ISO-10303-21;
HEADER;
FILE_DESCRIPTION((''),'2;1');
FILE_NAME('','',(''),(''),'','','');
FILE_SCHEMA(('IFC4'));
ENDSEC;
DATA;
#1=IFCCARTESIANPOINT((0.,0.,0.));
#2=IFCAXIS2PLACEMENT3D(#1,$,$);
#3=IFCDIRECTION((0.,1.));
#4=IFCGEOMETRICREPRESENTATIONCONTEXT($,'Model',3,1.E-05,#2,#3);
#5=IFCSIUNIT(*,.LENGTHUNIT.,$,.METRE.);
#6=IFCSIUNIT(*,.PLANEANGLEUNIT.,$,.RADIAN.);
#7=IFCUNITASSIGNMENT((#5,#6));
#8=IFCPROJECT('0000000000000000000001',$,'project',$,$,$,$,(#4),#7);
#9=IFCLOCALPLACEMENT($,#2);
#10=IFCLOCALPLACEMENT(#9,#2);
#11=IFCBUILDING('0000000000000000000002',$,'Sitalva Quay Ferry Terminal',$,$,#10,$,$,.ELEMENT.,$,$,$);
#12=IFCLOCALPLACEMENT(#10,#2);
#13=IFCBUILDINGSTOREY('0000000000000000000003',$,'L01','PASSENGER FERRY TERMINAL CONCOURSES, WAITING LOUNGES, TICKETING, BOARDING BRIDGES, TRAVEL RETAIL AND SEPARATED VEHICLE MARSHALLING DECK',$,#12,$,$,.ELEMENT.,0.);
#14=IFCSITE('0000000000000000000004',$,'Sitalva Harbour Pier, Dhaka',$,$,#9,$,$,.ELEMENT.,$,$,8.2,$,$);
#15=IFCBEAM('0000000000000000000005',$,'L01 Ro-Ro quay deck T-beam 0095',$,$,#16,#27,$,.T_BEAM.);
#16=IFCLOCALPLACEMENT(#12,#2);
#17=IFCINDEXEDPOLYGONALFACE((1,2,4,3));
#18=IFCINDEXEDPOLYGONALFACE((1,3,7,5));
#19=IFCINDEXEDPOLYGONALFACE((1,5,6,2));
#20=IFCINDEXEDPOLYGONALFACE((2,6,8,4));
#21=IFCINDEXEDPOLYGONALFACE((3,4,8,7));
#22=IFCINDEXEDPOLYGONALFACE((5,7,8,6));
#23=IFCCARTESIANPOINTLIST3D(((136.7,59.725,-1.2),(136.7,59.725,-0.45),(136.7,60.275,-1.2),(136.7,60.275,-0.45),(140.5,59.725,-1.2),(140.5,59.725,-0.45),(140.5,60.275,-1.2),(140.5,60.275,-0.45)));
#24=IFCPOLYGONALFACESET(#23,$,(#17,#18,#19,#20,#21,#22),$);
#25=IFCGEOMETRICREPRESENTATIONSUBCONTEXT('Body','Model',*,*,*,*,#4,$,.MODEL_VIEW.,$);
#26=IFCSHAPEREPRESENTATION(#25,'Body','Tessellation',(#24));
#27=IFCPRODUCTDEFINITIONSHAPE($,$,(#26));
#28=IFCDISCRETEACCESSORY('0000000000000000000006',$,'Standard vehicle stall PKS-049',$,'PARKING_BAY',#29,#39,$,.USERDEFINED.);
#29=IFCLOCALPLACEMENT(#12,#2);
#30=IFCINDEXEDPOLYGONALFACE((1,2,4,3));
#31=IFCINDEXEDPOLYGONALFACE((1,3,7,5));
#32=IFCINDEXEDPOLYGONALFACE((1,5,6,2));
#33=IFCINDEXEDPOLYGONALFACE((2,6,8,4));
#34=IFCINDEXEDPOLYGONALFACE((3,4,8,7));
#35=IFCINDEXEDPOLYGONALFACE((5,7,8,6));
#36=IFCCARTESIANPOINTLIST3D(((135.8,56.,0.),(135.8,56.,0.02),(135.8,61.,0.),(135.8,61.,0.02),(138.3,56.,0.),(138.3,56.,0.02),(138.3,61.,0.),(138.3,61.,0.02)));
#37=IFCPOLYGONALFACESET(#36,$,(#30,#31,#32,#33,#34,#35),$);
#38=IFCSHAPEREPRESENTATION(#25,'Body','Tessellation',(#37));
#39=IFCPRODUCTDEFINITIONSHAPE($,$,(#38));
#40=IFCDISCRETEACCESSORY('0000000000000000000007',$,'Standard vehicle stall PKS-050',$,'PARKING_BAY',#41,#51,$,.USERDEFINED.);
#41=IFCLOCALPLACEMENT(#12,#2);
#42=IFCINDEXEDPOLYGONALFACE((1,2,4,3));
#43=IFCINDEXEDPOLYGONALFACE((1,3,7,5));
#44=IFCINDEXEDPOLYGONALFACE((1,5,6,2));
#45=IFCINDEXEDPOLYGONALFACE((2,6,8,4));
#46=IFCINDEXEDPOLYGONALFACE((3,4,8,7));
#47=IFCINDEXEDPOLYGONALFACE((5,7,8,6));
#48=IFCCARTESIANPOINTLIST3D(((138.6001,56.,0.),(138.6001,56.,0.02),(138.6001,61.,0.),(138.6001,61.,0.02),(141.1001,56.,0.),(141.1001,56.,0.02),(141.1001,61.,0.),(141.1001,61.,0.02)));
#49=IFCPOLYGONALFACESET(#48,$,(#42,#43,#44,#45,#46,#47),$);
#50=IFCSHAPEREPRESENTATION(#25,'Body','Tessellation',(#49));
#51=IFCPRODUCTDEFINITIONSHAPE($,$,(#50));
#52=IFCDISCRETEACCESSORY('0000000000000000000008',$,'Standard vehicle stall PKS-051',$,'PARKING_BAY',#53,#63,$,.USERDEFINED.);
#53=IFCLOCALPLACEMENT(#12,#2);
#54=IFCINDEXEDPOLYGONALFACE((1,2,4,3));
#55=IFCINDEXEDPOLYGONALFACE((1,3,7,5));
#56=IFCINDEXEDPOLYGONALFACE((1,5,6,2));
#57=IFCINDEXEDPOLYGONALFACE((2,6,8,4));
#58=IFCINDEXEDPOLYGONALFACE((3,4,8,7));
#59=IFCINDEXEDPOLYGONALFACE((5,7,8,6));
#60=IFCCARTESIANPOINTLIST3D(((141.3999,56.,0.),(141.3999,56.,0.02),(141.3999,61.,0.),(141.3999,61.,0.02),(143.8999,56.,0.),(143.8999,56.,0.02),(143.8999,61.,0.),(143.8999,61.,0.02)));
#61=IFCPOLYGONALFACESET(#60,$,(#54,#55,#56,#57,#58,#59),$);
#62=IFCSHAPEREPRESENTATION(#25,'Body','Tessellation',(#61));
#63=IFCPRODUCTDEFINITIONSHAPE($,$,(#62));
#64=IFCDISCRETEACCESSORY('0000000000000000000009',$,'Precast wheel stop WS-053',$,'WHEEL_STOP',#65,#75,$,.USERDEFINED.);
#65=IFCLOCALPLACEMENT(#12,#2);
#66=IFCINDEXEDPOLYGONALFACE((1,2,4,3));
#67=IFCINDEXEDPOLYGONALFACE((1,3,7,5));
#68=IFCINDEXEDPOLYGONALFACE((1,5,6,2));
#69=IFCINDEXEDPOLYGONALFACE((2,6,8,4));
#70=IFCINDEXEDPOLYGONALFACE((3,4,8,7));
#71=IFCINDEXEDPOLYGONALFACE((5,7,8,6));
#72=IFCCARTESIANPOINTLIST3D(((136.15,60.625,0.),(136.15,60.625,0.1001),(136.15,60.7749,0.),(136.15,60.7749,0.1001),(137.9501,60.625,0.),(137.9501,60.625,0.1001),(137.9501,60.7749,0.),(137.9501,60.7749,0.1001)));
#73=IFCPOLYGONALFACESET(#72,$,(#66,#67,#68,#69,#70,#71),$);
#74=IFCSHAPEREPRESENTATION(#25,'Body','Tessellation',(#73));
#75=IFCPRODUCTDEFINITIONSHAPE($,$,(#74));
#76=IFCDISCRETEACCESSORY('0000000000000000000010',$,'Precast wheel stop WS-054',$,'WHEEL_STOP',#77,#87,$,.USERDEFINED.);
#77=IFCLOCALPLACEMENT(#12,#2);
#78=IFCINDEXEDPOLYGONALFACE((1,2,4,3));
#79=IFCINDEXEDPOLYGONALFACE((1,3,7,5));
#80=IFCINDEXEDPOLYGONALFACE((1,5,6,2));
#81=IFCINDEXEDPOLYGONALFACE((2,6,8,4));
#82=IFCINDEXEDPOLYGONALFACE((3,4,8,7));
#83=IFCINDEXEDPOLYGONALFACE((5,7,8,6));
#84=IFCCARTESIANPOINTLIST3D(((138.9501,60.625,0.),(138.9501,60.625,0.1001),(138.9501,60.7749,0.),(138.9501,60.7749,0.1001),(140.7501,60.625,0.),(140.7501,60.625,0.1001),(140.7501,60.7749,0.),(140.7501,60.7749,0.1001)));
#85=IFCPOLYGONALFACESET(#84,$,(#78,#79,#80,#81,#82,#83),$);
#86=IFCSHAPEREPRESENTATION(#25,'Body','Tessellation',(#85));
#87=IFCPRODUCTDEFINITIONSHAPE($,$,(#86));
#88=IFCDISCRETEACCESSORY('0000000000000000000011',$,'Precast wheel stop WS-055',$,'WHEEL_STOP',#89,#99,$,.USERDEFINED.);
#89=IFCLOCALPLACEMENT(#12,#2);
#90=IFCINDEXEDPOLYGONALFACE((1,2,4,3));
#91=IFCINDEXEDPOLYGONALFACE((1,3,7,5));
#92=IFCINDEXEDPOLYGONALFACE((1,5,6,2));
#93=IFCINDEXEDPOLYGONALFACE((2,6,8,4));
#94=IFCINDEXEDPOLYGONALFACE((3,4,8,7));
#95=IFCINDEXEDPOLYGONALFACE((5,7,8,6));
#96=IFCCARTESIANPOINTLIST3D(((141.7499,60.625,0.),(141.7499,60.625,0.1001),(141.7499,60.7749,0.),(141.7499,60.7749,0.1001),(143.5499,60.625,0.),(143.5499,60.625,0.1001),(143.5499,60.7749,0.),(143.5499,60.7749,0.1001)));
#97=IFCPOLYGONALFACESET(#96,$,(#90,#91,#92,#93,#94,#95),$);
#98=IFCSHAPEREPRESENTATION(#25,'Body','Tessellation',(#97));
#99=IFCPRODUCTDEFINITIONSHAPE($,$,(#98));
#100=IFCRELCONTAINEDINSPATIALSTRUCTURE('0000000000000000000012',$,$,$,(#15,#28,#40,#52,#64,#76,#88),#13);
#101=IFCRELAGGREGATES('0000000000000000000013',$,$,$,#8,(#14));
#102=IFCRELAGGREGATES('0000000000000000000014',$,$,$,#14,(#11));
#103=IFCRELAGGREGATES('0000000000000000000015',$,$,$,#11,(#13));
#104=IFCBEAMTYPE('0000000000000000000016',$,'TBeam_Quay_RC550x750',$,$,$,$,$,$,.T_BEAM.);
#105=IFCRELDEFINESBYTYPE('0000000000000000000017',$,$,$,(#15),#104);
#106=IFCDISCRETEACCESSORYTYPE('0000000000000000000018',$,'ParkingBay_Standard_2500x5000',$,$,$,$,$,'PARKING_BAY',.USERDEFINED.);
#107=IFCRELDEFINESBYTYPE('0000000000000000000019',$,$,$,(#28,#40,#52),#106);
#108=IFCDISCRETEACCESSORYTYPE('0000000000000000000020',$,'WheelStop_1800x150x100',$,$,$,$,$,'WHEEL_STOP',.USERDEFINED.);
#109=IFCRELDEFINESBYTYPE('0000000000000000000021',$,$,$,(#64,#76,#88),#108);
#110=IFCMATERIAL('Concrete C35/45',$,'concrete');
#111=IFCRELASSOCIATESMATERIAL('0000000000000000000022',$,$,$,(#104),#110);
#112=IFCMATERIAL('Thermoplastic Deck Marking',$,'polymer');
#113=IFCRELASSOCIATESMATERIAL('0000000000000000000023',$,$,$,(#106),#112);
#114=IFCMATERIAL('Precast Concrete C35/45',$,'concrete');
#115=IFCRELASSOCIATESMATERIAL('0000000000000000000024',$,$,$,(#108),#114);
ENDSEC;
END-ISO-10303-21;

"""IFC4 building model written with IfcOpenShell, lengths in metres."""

from ifc_helpers import new_model, si_unit, direction, frame, origin, origin_2d, place, context, subcontext, project, spatial, rectangle, extrude, material, material_profile, profile_set, type_object, element, save


model = new_model("IFC4")

# Units and contexts
model_context = context("Model", 3, precision=1e-05, world=origin(), true_north=direction((0.0, 1.0)))
body_context = subcontext(model_context, "Body", "Model", "MODEL_VIEW")
ifc_project = project(units=[si_unit("LENGTHUNIT", "METRE"), si_unit("PLANEANGLEUNIT", "RADIAN")], contexts=[model_context])

# Site, building, storey
site_placement = place(None, origin())
site = spatial("IfcSite", under=ifc_project, at=site_placement, Name="Sitalva Harbour Pier, Dhaka", CompositionType="ELEMENT", RefElevation=8.2)
building_placement = place(site_placement, origin())
building = spatial("IfcBuilding", under=site, at=building_placement, Name="Sitalva Quay Ferry Terminal", CompositionType="ELEMENT")
storey_placement = place(building_placement, origin())
storey = spatial("IfcBuildingStorey", under=building, at=storey_placement, Name="L01", Description="PASSENGER FERRY TERMINAL CONCOURSES, WAITING LOUNGES, TICKETING, BOARDING BRIDGES, TRAVEL RETAIL AND SEPARATED VEHICLE MARSHALLING DECK", CompositionType="ELEMENT", Elevation=0.0)

# Beam
ifc_material_1 = material(Name="Concrete C35/45", Category="concrete")
ifc_material_profile_1 = material_profile(ifc_material_1, rectangle(XDim=0.55, YDim=0.75, at=origin_2d()), Name="RC550x750")
ifc_profile_set_1 = profile_set([ifc_material_profile_1], Name="Concrete C35/45")
beam_type_1 = type_object("IfcBeamType", Name="TBeam_Quay_RC550x750", PredefinedType="T_BEAM", material=ifc_profile_set_1)
beam_1_placement = place(storey_placement, frame((136.7, 60.0, -0.825), z_axis=(1.0, 0.0, 0.0), x_axis=(0.0, 1.0, 0.0)))
element("IfcBeam", 1, at=beam_1_placement, inside=storey, type_object=beam_type_1, Name="L01 Ro-Ro quay deck T-beam 0095", PredefinedType="T_BEAM", context=body_context, shape_type="SweptSolid", body=[
    extrude(rectangle(XDim=0.55, YDim=0.75, at=origin_2d()), origin(), (0.0, 0.0, 1.0), 3.8),
])

# Discrete accessories
ifc_material_2 = material(Name="Thermoplastic Deck Marking", Category="polymer")
discrete_accessory_type_1 = type_object("IfcDiscreteAccessoryType", Name="ParkingBay_Standard_2500x5000", ElementType="PARKING_BAY", PredefinedType="USERDEFINED", material=ifc_material_2)
for number, where, z_axis, x_axis, name in (
    (2, (137.05, 58.5, 0.0), (0.0, 0.0, 1.0), (1.0, 0.0, 0.0), "Standard vehicle stall PKS-049"),
    (3, (139.8501, 58.5, 0.0), (0.0, 0.0, 1.0), (1.0, 0.0, 0.0), "Standard vehicle stall PKS-050"),
    (4, (142.6499, 58.5, 0.0), (0.0, 0.0, 1.0), (1.0, 0.0, 0.0), "Standard vehicle stall PKS-051"),
):
    element("IfcDiscreteAccessory", number, at=place(storey_placement, frame(where, z_axis=z_axis, x_axis=x_axis)), inside=storey, type_object=discrete_accessory_type_1, Name=name, ObjectType="PARKING_BAY", PredefinedType="USERDEFINED", context=body_context, shape_type="SweptSolid", body=[
        extrude(rectangle(XDim=2.5, YDim=5.0, at=origin_2d()), origin(), (0.0, 0.0, 1.0), 0.02),
    ])
ifc_material_3 = material(Name="Precast Concrete C35/45", Category="concrete")
discrete_accessory_type_2 = type_object("IfcDiscreteAccessoryType", Name="WheelStop_1800x150x100", ElementType="WHEEL_STOP", PredefinedType="USERDEFINED", material=ifc_material_3)
for number, where, z_axis, x_axis, name in (
    (5, (137.05, 60.7, 0.0), (0.0, 0.0, 1.0), (1.0, 0.0, 0.0), "Precast wheel stop WS-053"),
    (6, (139.8501, 60.7, 0.0), (0.0, 0.0, 1.0), (1.0, 0.0, 0.0), "Precast wheel stop WS-054"),
    (7, (142.6499, 60.7, 0.0), (0.0, 0.0, 1.0), (1.0, 0.0, 0.0), "Precast wheel stop WS-055"),
):
    element("IfcDiscreteAccessory", number, at=place(storey_placement, frame(where, z_axis=z_axis, x_axis=x_axis)), inside=storey, type_object=discrete_accessory_type_2, Name=name, ObjectType="WHEEL_STOP", PredefinedType="USERDEFINED", context=body_context, shape_type="SweptSolid", body=[
        extrude(rectangle(XDim=1.8, YDim=0.1499, at=origin_2d()), origin(), (0.0, 0.0, 1.0), 0.1001),
    ])

save(model, "model.ifc")
